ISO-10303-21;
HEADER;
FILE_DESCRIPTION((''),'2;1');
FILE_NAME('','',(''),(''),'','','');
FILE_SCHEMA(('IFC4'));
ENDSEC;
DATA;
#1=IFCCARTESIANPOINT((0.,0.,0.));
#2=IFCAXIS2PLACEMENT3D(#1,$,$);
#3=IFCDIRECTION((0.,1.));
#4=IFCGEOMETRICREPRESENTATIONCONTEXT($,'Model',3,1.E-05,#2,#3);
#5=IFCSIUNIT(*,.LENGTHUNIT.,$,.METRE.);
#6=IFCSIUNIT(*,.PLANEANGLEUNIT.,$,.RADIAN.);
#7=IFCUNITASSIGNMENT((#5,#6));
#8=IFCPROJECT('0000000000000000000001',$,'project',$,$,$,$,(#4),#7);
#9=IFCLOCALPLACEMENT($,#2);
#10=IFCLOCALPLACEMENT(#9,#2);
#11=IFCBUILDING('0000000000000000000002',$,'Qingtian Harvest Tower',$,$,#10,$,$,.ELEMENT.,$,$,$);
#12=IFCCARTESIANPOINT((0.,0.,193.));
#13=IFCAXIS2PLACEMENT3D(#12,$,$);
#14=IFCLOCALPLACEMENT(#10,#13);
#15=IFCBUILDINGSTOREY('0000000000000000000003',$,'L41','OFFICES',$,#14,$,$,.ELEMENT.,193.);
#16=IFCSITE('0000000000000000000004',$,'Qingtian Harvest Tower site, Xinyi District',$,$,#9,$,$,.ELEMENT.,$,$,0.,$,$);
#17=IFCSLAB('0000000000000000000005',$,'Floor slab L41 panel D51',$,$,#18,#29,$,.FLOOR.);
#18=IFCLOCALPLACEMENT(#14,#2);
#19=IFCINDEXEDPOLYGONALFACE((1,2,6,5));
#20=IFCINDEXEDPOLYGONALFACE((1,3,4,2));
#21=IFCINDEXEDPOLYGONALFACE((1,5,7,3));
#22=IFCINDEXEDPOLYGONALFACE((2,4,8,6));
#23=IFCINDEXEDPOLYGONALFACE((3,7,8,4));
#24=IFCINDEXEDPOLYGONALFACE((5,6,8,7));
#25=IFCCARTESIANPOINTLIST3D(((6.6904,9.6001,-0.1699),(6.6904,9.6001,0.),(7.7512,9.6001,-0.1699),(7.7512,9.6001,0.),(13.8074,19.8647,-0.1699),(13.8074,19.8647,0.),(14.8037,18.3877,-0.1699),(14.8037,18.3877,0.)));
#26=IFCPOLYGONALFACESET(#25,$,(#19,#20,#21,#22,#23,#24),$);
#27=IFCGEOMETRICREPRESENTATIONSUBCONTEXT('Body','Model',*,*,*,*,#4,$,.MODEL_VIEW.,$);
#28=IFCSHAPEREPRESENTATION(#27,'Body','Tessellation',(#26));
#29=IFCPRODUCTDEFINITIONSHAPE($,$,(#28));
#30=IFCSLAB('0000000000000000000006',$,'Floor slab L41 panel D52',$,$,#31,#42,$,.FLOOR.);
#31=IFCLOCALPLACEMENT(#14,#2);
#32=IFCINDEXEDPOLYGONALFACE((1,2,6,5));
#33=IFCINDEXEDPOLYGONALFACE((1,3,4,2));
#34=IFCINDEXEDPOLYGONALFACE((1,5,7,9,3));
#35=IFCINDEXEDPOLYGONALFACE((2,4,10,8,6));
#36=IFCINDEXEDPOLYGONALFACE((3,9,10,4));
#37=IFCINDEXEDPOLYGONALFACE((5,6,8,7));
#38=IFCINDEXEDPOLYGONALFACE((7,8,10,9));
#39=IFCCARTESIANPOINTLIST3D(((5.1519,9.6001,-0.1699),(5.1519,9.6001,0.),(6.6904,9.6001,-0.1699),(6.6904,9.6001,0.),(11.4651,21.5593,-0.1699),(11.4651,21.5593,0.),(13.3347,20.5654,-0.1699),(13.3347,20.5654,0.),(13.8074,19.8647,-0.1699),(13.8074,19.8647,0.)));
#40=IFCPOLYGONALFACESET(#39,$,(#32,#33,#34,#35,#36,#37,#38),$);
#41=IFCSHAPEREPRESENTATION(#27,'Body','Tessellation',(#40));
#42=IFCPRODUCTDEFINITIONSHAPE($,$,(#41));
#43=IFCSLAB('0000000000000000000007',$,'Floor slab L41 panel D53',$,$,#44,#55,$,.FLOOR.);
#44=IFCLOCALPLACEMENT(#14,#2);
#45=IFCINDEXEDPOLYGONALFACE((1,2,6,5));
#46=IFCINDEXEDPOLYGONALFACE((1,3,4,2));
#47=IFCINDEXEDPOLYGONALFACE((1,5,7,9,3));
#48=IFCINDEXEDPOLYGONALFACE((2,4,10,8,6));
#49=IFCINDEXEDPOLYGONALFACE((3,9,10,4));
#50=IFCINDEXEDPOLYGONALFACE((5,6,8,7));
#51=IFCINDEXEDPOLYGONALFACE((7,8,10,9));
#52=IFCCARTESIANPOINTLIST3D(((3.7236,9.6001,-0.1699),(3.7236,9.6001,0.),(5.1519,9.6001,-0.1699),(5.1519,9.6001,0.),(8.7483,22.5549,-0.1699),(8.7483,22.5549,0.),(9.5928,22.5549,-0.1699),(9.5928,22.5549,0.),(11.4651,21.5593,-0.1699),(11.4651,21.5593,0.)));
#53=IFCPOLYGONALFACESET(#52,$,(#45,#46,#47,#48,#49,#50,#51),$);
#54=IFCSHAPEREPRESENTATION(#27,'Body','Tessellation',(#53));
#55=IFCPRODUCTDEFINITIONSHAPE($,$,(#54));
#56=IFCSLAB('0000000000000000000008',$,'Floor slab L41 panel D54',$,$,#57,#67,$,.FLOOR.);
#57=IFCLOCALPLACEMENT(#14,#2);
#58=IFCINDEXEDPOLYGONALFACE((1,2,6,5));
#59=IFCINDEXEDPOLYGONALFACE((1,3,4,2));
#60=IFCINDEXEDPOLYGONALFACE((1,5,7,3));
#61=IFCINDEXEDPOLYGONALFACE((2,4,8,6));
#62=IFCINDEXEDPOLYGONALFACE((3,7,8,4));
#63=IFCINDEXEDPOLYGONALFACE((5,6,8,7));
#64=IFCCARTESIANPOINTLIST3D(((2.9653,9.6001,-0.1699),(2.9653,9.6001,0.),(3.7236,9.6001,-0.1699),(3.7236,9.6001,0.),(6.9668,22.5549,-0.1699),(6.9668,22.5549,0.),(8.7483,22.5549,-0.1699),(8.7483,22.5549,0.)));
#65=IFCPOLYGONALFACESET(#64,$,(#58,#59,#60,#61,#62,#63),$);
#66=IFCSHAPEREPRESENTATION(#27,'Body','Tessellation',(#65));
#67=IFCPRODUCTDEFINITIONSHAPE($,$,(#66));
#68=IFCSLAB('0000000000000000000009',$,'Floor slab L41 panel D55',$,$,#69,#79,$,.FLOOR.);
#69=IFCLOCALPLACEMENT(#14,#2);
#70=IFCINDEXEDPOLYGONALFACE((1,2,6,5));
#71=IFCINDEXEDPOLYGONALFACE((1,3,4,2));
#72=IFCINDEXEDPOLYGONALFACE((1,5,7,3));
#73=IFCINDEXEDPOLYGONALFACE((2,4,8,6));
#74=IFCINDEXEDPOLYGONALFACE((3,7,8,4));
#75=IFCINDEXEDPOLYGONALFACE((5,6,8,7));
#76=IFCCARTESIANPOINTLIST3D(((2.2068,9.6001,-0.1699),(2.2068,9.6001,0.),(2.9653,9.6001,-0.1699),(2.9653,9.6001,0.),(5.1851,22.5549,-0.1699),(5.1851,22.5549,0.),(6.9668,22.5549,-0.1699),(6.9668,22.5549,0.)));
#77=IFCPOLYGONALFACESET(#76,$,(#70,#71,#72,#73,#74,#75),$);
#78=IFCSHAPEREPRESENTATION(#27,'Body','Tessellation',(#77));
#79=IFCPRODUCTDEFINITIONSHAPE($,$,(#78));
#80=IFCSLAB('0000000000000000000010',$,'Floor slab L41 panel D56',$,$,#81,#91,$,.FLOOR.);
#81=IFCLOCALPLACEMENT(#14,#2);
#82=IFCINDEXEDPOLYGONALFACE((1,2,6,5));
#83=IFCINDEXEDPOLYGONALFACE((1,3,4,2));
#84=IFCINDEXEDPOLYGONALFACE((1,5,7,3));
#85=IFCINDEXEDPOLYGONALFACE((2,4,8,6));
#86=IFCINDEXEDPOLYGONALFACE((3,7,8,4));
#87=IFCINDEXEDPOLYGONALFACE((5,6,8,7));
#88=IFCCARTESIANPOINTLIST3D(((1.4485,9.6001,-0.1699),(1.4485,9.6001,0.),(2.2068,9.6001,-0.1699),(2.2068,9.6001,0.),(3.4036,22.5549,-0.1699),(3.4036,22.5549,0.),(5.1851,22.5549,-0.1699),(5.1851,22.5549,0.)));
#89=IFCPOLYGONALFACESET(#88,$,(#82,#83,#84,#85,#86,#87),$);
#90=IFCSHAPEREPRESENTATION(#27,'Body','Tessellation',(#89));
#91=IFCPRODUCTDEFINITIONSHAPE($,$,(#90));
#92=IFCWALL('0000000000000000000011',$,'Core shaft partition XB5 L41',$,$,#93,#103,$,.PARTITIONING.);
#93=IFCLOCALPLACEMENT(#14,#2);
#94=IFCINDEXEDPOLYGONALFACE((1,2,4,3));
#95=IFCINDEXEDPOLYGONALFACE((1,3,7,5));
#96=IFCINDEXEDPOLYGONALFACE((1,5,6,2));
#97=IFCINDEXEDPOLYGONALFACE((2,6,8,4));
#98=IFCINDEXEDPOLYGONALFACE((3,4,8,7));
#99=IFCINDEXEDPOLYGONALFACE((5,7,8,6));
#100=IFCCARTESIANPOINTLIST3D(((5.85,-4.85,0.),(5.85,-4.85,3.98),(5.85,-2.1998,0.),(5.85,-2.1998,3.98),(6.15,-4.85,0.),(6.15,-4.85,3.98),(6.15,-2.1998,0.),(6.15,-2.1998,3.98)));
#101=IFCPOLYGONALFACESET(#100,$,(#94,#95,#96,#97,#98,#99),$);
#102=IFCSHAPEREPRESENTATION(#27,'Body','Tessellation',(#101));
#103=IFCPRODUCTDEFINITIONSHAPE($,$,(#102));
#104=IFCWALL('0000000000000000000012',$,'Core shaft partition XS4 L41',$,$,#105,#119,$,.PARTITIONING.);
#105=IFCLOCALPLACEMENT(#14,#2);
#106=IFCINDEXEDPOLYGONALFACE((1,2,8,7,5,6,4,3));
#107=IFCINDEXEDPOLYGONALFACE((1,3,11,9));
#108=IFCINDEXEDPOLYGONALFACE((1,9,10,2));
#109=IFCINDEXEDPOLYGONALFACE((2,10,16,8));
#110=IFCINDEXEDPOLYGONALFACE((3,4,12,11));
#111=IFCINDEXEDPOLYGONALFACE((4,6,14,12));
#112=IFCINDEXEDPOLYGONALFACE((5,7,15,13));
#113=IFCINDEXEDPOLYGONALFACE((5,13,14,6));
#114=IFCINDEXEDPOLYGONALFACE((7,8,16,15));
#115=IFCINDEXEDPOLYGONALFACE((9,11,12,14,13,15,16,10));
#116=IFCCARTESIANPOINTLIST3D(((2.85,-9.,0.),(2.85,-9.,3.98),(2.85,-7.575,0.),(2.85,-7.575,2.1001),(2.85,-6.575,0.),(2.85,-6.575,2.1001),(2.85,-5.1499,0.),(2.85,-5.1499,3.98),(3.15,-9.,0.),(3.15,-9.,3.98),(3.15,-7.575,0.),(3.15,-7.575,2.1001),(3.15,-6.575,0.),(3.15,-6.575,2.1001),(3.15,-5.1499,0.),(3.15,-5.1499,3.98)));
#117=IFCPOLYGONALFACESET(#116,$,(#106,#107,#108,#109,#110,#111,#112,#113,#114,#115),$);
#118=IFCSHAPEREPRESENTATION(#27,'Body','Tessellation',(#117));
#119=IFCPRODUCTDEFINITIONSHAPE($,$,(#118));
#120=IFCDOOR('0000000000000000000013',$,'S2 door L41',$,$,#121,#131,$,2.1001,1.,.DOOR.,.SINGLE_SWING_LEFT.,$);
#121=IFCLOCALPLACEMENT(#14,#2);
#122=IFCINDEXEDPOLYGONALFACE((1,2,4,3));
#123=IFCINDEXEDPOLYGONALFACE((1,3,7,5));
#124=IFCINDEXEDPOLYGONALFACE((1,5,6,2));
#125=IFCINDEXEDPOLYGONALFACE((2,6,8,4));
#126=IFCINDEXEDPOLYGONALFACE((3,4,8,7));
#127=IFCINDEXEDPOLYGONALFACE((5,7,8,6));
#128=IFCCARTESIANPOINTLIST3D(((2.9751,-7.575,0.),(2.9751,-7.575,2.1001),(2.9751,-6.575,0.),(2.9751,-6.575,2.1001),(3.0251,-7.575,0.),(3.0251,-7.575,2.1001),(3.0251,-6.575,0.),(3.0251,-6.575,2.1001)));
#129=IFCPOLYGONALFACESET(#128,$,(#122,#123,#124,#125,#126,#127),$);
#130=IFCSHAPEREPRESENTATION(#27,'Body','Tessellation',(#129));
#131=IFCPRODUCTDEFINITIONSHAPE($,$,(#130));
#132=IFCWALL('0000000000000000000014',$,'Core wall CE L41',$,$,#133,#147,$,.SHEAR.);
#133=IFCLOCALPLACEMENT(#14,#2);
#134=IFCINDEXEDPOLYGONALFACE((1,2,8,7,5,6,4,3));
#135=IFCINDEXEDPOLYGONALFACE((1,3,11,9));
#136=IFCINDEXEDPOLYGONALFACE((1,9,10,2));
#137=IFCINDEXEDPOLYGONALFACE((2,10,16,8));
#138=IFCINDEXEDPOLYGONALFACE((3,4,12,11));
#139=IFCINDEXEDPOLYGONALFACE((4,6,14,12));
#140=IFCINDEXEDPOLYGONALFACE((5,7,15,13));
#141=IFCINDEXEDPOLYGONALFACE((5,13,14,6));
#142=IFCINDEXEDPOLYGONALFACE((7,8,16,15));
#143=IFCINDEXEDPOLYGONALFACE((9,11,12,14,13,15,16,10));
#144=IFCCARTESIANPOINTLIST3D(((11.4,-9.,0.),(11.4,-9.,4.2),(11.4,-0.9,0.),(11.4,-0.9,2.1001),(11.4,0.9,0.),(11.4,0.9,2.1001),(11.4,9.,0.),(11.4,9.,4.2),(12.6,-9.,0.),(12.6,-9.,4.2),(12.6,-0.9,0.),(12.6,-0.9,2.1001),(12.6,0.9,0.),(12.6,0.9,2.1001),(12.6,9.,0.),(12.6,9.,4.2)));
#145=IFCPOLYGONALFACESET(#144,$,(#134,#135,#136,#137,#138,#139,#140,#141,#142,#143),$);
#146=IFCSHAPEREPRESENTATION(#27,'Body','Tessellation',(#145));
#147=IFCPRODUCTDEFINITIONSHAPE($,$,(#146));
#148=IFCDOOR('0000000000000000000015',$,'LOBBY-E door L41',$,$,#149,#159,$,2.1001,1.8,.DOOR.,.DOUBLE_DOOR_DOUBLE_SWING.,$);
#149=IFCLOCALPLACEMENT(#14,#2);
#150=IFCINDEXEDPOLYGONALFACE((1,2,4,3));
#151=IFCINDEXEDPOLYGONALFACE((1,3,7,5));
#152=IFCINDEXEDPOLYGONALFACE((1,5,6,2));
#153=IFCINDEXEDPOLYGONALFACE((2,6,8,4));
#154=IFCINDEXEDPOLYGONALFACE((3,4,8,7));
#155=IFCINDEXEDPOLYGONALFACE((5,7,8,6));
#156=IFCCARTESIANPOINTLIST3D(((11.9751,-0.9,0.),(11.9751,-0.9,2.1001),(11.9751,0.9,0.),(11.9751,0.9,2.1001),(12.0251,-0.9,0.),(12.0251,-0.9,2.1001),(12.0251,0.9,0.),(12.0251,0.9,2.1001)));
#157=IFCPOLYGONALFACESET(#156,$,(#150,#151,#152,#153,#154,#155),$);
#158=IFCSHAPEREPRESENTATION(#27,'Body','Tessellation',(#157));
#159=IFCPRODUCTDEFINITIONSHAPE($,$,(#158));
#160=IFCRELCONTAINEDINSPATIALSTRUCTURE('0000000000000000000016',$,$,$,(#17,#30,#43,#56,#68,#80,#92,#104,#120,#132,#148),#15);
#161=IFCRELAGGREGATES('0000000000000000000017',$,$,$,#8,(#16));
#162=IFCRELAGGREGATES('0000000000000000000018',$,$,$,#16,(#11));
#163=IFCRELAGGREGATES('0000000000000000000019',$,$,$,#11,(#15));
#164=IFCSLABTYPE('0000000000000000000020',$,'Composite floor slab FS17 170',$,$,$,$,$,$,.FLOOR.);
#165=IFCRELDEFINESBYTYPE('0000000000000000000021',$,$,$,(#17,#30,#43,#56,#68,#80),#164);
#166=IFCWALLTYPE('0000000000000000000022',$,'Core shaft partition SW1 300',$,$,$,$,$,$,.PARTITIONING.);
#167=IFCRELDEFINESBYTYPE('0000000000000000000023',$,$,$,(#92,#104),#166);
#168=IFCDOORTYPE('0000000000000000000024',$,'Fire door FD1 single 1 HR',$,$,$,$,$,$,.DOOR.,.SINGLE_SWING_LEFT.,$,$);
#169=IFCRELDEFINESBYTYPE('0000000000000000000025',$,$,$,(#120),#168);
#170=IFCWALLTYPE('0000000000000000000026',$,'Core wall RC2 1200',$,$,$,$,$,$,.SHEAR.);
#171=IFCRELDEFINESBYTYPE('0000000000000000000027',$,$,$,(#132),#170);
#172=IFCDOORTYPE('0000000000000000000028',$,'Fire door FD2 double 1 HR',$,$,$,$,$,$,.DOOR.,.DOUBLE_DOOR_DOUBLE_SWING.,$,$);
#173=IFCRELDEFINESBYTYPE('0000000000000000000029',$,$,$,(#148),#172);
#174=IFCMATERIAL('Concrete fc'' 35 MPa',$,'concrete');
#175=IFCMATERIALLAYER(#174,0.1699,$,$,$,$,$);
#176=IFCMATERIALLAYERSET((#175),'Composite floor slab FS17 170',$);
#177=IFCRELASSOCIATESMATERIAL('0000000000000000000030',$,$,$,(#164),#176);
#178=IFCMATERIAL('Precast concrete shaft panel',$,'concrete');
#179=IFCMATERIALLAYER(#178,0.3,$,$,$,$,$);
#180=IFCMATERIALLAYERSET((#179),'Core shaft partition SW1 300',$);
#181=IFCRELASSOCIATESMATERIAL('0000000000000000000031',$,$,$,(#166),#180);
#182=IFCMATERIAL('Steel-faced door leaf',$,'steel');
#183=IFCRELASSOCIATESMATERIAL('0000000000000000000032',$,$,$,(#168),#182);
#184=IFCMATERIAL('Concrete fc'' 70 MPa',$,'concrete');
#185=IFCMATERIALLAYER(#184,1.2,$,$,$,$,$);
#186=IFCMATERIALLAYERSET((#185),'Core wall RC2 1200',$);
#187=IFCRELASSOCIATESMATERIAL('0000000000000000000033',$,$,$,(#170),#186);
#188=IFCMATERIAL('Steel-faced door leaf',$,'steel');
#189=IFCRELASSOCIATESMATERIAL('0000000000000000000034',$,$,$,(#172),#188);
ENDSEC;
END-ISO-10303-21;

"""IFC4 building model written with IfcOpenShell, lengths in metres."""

from ifc_helpers import new_model, si_unit, direction, frame, frame_2d, origin, place, context, subcontext, project, spatial, polyline, rectangle, outline, extrude, material, layer, layer_set, type_object, element, fill, save


model = new_model("IFC4")

# Units and contexts
model_context = context("Model", 3, precision=1e-05, world=origin(), true_north=direction((0.0, 1.0)))
body_context = subcontext(model_context, "Body", "Model", "MODEL_VIEW")
ifc_project = project(units=[si_unit("LENGTHUNIT", "METRE"), si_unit("PLANEANGLEUNIT", "RADIAN")], contexts=[model_context])

# Site, building, storey
site_placement = place(None, origin())
site = spatial("IfcSite", under=ifc_project, at=site_placement, Name="Qingtian Harvest Tower site, Xinyi District", CompositionType="ELEMENT", RefElevation=0.0)
building_placement = place(site_placement, origin())
building = spatial("IfcBuilding", under=site, at=building_placement, Name="Qingtian Harvest Tower", CompositionType="ELEMENT")
storey_placement = place(building_placement, frame((0.0, 0.0, 193.0)))
storey = spatial("IfcBuildingStorey", under=building, at=storey_placement, Name="L41", Description="OFFICES", CompositionType="ELEMENT", Elevation=193.0)

# Slabs
ifc_material_1 = material(Name="Concrete fc' 35 MPa", Category="concrete")
ifc_layer_1 = layer(ifc_material_1, 0.1699)
ifc_layer_set_1 = layer_set([ifc_layer_1], Name="Composite floor slab FS17 170")
slab_type = type_object("IfcSlabType", Name="Composite floor slab FS17 170", PredefinedType="FLOOR", material=ifc_layer_set_1)
slab_1_placement = place(storey_placement, frame((0.0, 0.0, -0.1699)))
element("IfcSlab", 1, at=slab_1_placement, inside=storey, type_object=slab_type, Name="Floor slab L41 panel D51", PredefinedType="FLOOR", context=body_context, shape_type="SweptSolid", body=[
    extrude(outline(polyline([(6.6904, 9.6001), (13.8074, 19.8647), (14.8037, 18.3877), (7.7512, 9.6001), (6.6904, 9.6001)])), origin(), (0.0, 0.0, 1.0), 0.1699),
])
slab_2_placement = place(storey_placement, frame((0.0, 0.0, -0.1699)))
element("IfcSlab", 2, at=slab_2_placement, inside=storey, type_object=slab_type, Name="Floor slab L41 panel D52", PredefinedType="FLOOR", context=body_context, shape_type="SweptSolid", body=[
    extrude(outline(polyline([(6.6904, 9.6001), (5.1519, 9.6001), (11.4651, 21.5593), (13.3347, 20.5654), (13.8074, 19.8647), (6.6904, 9.6001)])), origin(), (0.0, 0.0, 1.0), 0.1699),
])
slab_3_placement = place(storey_placement, frame((0.0, 0.0, -0.1699)))
element("IfcSlab", 3, at=slab_3_placement, inside=storey, type_object=slab_type, Name="Floor slab L41 panel D53", PredefinedType="FLOOR", context=body_context, shape_type="SweptSolid", body=[
    extrude(outline(polyline([(3.7236, 9.6001), (8.7483, 22.5549), (9.5928, 22.5549), (11.4651, 21.5593), (5.1519, 9.6001), (3.7236, 9.6001)])), origin(), (0.0, 0.0, 1.0), 0.1699),
])
slab_4_placement = place(storey_placement, frame((0.0, 0.0, -0.1699)))
element("IfcSlab", 4, at=slab_4_placement, inside=storey, type_object=slab_type, Name="Floor slab L41 panel D54", PredefinedType="FLOOR", context=body_context, shape_type="SweptSolid", body=[
    extrude(outline(polyline([(2.9653, 9.6001), (6.9668, 22.5549), (8.7483, 22.5549), (3.7236, 9.6001), (2.9653, 9.6001)])), origin(), (0.0, 0.0, 1.0), 0.1699),
])
slab_5_placement = place(storey_placement, frame((0.0, 0.0, -0.1699)))
element("IfcSlab", 5, at=slab_5_placement, inside=storey, type_object=slab_type, Name="Floor slab L41 panel D55", PredefinedType="FLOOR", context=body_context, shape_type="SweptSolid", body=[
    extrude(outline(polyline([(2.2068, 9.6001), (5.1851, 22.5549), (6.9668, 22.5549), (2.9653, 9.6001), (2.2068, 9.6001)])), origin(), (0.0, 0.0, 1.0), 0.1699),
])
slab_6_placement = place(storey_placement, frame((0.0, 0.0, -0.1699)))
element("IfcSlab", 6, at=slab_6_placement, inside=storey, type_object=slab_type, Name="Floor slab L41 panel D56", PredefinedType="FLOOR", context=body_context, shape_type="SweptSolid", body=[
    extrude(outline(polyline([(1.4485, 9.6001), (3.4036, 22.5549), (5.1851, 22.5549), (2.2068, 9.6001), (1.4485, 9.6001)])), origin(), (0.0, 0.0, 1.0), 0.1699),
])

# Wall
ifc_material_2 = material(Name="Precast concrete shaft panel", Category="concrete")
ifc_layer_2 = layer(ifc_material_2, 0.3)
ifc_layer_set_2 = layer_set([ifc_layer_2], Name="Core shaft partition SW1 300")
wall_type_1 = type_object("IfcWallType", Name="Core shaft partition SW1 300", PredefinedType="PARTITIONING", material=ifc_layer_set_2)
wall_1_placement = place(storey_placement, frame((6.0, -4.8501, 0.0), z_axis=(0.0, 0.0, 1.0), x_axis=(0.0, 1.0, 0.0)))
element("IfcWall", 7, at=wall_1_placement, inside=storey, type_object=wall_type_1, Name="Core shaft partition XB5 L41", PredefinedType="PARTITIONING", context=body_context, shape_type="SweptSolid", body=[
    extrude(rectangle(XDim=2.6501, YDim=0.3, at=frame_2d((1.3252, 0.0))), origin(), (0.0, 0.0, 1.0), 3.98),
])

# Walls, openings, doors
wall_2_placement = place(storey_placement, frame((3.0, -9.0, 0.0), z_axis=(0.0, 0.0, 1.0), x_axis=(0.0, 1.0, 0.0)))
wall_2 = element("IfcWall", 8, at=wall_2_placement, inside=storey, type_object=wall_type_1, Name="Core shaft partition XS4 L41", PredefinedType="PARTITIONING", context=body_context, shape_type="SweptSolid", body=[
    extrude(rectangle(XDim=3.8501, YDim=0.3, at=frame_2d((1.925, 0.0))), origin(), (0.0, 0.0, 1.0), 3.98),
])
opening_1_placement = place(wall_2_placement, frame((1.425, 0.0, 0.0)))
opening_1 = element("IfcOpeningElement", 9, at=opening_1_placement, cuts=wall_2, PredefinedType="OPENING", context=body_context, shape_type="SweptSolid", body=[
    extrude(rectangle(XDim=1.0, YDim=2.1001, at=frame_2d((0.5, 1.05))), frame((0.0, 0.1599, 0.0), z_axis=(0.0, -1.0, 0.0), x_axis=(1.0, 0.0, 0.0)), (0.0, 0.0, 1.0), 0.3201),
])
ifc_material_3 = material(Name="Steel-faced door leaf", Category="steel")
door_type_1 = type_object("IfcDoorType", Name="Fire door FD1 single 1 HR", OperationType="SINGLE_SWING_LEFT", PredefinedType="DOOR", material=ifc_material_3)
door_1_placement = place(opening_1_placement, origin())
door_1 = element("IfcDoor", 10, at=door_1_placement, inside=storey, type_object=door_type_1, Name="S2 door L41", OperationType="SINGLE_SWING_LEFT", OverallHeight=2.1001, OverallWidth=1.0, PredefinedType="DOOR", context=body_context, shape_type="SweptSolid", body=[
    extrude(rectangle(XDim=1.0, YDim=2.1001, at=frame_2d((0.5, 1.05))), frame((0.0, 0.0249, 0.0), z_axis=(0.0, -1.0, 0.0), x_axis=(1.0, 0.0, 0.0)), (0.0, 0.0, 1.0), 0.05),
])
fill(opening_1, door_1)
ifc_material_4 = material(Name="Concrete fc' 70 MPa", Category="concrete")
ifc_layer_3 = layer(ifc_material_4, 1.2)
ifc_layer_set_3 = layer_set([ifc_layer_3], Name="Core wall RC2 1200")
wall_type_2 = type_object("IfcWallType", Name="Core wall RC2 1200", PredefinedType="SHEAR", material=ifc_layer_set_3)
wall_3_placement = place(storey_placement, frame((12.0, -9.0, 0.0), z_axis=(0.0, 0.0, 1.0), x_axis=(0.0, 1.0, 0.0)))
wall_3 = element("IfcWall", 11, at=wall_3_placement, inside=storey, type_object=wall_type_2, Name="Core wall CE L41", PredefinedType="SHEAR", context=body_context, shape_type="SweptSolid", body=[
    extrude(rectangle(XDim=18.0, YDim=1.2, at=frame_2d((9.0, 0.0))), origin(), (0.0, 0.0, 1.0), 4.2),
])
opening_2_placement = place(wall_3_placement, frame((8.1001, 0.0, 0.0)))
opening_2 = element("IfcOpeningElement", 12, at=opening_2_placement, cuts=wall_3, PredefinedType="OPENING", context=body_context, shape_type="SweptSolid", body=[
    extrude(rectangle(XDim=1.8, YDim=2.1001, at=frame_2d((0.8999, 1.05))), frame((0.0, 0.6099, 0.0), z_axis=(0.0, -1.0, 0.0), x_axis=(1.0, 0.0, 0.0)), (0.0, 0.0, 1.0), 1.22),
])
ifc_material_5 = material(Name="Steel-faced door leaf", Category="steel")
door_type_2 = type_object("IfcDoorType", Name="Fire door FD2 double 1 HR", OperationType="DOUBLE_DOOR_DOUBLE_SWING", PredefinedType="DOOR", material=ifc_material_5)
door_2_placement = place(opening_2_placement, origin())
door_2 = element("IfcDoor", 13, at=door_2_placement, inside=storey, type_object=door_type_2, Name="LOBBY-E door L41", OperationType="DOUBLE_DOOR_DOUBLE_SWING", OverallHeight=2.1001, OverallWidth=1.8, PredefinedType="DOOR", context=body_context, shape_type="SweptSolid", body=[
    extrude(rectangle(XDim=1.8, YDim=2.1001, at=frame_2d((0.8999, 1.05))), frame((0.0, 0.0249, 0.0), z_axis=(0.0, -1.0, 0.0), x_axis=(1.0, 0.0, 0.0)), (0.0, 0.0, 1.0), 0.05),
])
fill(opening_2, door_2)

save(model, "model.ifc")
